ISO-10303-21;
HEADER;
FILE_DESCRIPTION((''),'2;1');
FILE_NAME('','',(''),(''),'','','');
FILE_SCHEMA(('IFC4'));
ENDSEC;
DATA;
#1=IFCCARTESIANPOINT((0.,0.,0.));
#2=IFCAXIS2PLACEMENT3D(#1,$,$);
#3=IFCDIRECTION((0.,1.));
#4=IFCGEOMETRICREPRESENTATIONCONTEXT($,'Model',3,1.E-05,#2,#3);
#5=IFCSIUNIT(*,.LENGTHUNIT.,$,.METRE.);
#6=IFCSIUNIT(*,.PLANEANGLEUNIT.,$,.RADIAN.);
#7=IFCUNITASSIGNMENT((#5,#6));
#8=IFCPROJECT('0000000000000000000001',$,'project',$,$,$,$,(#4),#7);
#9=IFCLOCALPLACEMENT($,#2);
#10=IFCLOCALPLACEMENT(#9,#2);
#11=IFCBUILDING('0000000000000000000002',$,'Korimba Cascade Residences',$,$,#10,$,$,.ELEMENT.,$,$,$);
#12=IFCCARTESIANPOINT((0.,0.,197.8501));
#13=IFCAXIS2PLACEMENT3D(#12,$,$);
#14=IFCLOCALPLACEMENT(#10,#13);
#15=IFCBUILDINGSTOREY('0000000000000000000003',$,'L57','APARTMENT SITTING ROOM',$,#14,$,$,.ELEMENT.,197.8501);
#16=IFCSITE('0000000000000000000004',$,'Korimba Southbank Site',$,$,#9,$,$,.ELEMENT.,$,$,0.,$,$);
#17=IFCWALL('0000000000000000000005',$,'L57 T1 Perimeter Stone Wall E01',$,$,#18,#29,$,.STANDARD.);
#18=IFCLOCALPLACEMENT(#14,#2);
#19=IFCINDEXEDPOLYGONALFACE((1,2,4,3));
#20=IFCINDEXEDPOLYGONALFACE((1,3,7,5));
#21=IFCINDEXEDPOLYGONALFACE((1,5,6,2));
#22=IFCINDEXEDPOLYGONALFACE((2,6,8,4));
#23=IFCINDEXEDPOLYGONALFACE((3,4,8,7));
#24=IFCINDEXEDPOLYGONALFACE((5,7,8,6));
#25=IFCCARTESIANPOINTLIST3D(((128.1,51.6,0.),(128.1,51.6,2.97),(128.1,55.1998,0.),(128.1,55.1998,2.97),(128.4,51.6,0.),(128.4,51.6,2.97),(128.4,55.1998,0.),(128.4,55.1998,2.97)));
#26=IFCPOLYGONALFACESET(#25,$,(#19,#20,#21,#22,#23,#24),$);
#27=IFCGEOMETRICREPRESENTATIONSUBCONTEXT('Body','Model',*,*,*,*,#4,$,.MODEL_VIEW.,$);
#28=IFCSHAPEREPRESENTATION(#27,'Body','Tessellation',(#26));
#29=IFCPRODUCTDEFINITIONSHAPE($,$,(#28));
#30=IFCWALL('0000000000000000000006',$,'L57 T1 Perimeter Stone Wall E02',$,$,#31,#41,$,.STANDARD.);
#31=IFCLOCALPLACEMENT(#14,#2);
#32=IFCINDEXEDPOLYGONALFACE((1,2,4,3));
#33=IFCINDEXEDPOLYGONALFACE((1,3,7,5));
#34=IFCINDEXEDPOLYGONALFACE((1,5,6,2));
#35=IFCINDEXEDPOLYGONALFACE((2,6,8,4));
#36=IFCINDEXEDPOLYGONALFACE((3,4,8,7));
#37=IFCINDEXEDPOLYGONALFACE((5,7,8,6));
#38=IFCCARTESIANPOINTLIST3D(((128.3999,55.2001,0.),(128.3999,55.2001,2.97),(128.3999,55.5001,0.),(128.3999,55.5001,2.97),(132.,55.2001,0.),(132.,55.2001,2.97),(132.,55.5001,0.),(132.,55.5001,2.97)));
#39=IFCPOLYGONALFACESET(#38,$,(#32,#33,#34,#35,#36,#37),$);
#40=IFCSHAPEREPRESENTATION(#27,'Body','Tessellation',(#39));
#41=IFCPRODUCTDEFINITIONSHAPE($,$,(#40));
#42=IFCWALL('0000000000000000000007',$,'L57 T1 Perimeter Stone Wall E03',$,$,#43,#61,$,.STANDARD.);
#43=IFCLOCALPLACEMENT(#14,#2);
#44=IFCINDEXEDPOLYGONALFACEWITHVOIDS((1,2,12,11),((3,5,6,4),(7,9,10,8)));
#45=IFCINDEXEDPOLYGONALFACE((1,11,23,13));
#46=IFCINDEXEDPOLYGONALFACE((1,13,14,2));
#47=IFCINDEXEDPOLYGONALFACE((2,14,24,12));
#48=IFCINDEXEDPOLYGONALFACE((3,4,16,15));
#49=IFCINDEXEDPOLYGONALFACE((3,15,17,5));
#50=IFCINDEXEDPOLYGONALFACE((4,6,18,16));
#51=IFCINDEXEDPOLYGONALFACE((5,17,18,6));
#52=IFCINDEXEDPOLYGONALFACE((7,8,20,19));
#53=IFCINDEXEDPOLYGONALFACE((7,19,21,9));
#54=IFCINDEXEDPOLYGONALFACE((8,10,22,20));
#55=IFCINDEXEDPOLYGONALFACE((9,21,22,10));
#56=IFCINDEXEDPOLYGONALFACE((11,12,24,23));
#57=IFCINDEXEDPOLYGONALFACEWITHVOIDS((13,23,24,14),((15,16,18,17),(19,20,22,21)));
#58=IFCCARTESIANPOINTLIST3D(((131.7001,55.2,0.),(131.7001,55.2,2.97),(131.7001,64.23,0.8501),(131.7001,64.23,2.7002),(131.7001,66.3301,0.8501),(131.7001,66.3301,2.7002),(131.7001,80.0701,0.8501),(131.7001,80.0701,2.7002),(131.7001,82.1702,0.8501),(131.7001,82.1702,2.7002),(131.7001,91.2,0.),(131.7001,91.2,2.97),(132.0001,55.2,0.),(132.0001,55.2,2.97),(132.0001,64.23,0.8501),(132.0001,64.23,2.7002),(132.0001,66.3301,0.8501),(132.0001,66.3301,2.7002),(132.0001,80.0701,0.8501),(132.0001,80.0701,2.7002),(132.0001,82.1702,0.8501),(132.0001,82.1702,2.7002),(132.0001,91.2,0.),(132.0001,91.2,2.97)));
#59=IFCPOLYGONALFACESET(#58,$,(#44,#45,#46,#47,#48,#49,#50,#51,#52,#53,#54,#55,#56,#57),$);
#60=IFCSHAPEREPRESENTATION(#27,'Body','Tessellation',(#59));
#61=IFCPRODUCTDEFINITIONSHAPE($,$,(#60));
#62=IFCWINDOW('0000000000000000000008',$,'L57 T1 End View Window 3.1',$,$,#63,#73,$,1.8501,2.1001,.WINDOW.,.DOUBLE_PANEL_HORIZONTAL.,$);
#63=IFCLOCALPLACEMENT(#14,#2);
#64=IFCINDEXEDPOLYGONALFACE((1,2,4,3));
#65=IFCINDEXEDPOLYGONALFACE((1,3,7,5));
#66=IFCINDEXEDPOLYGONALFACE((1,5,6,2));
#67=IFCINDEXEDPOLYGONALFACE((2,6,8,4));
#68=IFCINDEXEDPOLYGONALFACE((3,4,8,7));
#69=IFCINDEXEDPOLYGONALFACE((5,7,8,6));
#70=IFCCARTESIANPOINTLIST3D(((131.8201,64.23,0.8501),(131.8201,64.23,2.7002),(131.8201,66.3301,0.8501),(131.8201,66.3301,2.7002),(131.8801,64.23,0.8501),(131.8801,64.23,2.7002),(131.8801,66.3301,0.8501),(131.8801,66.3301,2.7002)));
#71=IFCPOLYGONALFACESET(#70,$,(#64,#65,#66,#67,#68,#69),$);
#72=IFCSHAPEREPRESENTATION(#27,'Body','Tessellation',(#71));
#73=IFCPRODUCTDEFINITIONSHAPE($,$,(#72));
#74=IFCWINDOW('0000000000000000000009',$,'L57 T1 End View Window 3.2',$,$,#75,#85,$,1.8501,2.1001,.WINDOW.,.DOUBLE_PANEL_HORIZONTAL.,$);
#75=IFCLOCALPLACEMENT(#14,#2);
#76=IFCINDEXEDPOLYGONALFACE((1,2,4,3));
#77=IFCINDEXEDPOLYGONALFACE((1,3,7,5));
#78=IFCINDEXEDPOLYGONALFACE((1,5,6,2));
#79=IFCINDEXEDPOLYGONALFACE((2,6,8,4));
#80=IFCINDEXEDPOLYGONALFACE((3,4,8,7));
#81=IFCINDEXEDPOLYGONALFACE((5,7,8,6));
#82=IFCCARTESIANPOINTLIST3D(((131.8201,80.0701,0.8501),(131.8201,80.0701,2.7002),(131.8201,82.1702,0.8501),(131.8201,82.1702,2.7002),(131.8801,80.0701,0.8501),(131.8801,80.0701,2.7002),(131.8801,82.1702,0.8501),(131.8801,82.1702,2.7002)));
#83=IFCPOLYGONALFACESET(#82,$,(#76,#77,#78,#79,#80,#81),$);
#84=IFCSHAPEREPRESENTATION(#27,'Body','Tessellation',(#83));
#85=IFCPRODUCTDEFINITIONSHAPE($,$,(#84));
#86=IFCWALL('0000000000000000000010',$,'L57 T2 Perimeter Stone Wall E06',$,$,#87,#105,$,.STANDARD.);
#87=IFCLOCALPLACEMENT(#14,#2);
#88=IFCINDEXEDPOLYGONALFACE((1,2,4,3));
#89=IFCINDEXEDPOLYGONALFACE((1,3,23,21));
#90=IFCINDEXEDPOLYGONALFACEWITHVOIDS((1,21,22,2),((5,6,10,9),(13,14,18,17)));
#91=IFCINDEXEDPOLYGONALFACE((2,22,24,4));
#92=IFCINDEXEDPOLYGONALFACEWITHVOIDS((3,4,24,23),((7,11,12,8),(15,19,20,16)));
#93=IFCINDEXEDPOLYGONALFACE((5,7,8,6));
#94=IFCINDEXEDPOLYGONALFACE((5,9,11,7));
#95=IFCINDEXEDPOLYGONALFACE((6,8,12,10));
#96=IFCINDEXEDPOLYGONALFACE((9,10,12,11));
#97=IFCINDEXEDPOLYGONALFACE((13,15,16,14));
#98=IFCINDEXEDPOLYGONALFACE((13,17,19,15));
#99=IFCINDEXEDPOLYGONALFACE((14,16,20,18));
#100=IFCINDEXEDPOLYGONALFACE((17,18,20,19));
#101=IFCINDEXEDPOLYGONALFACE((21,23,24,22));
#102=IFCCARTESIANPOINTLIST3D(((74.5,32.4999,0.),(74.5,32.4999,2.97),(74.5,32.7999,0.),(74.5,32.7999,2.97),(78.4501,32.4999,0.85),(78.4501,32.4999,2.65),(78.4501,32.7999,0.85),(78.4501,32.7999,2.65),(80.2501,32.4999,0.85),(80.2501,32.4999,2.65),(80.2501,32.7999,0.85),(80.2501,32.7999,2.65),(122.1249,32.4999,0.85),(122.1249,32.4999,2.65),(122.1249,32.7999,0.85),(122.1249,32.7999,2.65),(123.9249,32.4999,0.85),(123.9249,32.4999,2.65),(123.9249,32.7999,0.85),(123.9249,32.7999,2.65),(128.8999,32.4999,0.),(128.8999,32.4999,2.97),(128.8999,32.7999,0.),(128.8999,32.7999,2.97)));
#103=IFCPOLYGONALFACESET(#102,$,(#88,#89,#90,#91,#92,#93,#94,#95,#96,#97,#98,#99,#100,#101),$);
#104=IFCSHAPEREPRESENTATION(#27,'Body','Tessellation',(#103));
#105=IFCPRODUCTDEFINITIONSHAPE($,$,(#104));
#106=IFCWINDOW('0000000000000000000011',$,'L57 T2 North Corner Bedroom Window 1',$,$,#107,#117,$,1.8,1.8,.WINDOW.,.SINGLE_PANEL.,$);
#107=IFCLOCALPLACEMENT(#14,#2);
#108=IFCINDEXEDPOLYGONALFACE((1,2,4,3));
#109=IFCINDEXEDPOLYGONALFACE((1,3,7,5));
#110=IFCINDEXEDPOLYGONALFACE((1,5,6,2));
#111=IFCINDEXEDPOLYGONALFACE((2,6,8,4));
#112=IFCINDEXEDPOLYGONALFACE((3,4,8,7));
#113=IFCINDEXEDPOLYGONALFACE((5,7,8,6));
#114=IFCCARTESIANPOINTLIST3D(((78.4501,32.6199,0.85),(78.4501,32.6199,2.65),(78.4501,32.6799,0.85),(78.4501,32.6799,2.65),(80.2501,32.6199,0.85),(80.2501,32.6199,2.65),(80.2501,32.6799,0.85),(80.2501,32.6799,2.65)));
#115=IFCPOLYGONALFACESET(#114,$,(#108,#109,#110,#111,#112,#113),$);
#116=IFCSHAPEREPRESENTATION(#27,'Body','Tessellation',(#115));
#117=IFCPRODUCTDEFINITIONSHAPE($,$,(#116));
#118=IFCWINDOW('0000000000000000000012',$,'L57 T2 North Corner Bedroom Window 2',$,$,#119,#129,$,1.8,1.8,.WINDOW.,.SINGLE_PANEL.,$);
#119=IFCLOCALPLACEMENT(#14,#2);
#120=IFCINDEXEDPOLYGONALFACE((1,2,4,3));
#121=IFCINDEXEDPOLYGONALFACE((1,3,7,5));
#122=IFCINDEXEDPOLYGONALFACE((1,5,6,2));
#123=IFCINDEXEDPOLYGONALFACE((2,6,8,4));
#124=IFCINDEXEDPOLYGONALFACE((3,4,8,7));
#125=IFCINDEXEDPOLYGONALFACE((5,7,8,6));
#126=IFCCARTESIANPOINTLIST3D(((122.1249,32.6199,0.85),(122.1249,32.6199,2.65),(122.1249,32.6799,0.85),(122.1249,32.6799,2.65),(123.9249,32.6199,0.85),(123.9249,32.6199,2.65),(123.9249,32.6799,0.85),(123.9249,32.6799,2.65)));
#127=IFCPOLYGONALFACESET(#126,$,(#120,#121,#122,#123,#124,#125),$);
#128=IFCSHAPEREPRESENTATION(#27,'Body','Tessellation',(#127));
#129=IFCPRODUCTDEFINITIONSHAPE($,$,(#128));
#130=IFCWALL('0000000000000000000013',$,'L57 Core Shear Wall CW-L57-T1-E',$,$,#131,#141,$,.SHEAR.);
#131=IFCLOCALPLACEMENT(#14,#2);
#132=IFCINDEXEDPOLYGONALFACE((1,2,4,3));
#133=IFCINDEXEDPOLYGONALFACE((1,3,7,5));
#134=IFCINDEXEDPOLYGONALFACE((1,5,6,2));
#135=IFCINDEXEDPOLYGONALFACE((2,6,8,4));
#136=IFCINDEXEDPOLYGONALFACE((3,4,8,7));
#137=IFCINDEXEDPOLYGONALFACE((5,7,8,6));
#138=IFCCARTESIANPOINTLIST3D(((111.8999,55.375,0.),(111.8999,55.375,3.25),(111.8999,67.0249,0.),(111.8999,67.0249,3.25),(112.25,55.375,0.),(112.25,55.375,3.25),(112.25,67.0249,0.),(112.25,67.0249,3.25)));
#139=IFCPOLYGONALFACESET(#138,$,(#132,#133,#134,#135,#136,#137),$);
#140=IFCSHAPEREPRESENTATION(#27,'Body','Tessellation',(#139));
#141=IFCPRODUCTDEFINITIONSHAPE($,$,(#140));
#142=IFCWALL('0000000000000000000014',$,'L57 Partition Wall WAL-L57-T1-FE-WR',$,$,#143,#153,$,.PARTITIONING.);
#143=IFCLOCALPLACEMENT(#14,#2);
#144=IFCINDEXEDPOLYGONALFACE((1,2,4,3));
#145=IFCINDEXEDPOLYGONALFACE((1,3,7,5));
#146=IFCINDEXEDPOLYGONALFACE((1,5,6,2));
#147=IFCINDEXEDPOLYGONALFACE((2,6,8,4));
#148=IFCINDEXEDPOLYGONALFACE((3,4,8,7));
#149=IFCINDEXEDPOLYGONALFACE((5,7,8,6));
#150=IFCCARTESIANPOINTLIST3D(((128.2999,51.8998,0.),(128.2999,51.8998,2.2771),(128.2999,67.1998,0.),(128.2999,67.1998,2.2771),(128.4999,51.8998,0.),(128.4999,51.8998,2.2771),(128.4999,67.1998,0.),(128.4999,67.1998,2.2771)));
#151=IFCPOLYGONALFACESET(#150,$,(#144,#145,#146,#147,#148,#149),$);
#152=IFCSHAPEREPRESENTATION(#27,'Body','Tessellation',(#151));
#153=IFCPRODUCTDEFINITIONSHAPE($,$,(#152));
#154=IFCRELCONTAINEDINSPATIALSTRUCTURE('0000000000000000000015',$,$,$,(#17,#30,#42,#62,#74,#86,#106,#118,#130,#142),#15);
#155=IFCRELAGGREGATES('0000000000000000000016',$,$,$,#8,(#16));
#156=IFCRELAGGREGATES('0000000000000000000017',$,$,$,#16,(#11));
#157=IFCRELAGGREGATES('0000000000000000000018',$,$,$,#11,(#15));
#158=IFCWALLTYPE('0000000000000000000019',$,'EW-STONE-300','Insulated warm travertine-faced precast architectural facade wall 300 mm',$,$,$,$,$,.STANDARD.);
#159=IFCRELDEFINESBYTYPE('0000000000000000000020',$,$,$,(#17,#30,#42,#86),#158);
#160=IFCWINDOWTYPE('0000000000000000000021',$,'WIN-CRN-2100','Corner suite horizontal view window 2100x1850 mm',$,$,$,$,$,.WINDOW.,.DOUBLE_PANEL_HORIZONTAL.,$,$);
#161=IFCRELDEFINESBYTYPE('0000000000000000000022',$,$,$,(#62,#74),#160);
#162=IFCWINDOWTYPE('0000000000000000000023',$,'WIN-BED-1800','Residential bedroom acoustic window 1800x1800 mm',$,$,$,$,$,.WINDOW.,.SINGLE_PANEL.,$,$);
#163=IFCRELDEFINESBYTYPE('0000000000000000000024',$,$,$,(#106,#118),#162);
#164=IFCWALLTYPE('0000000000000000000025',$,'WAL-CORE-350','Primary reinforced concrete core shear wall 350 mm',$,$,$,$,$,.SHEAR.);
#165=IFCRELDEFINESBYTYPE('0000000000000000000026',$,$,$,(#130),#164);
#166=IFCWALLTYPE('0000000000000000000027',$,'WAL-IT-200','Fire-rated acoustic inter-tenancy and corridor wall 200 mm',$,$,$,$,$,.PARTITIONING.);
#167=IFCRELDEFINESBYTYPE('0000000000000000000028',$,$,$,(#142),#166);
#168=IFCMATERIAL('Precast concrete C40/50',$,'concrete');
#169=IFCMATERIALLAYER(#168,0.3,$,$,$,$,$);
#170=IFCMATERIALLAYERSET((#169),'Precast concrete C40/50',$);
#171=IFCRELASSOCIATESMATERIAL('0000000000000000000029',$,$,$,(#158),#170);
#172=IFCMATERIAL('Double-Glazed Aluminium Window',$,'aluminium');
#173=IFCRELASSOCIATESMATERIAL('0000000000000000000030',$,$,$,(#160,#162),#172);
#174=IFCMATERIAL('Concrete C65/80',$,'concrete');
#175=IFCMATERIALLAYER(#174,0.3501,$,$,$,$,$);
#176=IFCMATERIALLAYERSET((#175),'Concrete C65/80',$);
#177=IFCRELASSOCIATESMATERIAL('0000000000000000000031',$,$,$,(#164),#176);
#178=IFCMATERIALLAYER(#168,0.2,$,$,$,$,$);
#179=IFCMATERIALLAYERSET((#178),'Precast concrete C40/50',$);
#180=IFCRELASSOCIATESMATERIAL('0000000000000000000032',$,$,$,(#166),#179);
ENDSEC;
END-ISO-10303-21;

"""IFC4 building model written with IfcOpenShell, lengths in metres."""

from ifc_helpers import new_model, si_unit, direction, frame, frame_2d, origin, place, context, subcontext, project, spatial, rectangle, extrude, material, layer, layer_set, type_object, element, fill, save


model = new_model("IFC4")

# Units and contexts
model_context = context("Model", 3, precision=1e-05, world=origin(), true_north=direction((0.0, 1.0)))
body_context = subcontext(model_context, "Body", "Model", "MODEL_VIEW")
ifc_project = project(units=[si_unit("LENGTHUNIT", "METRE"), si_unit("PLANEANGLEUNIT", "RADIAN")], contexts=[model_context])

# Site, building, storey
site_placement = place(None, origin())
site = spatial("IfcSite", under=ifc_project, at=site_placement, Name="Korimba Southbank Site", CompositionType="ELEMENT", RefElevation=0.0)
building_placement = place(site_placement, origin())
building = spatial("IfcBuilding", under=site, at=building_placement, Name="Korimba Cascade Residences", CompositionType="ELEMENT")
storey_placement = place(building_placement, frame((0.0, 0.0, 197.8501)))
storey = spatial("IfcBuildingStorey", under=building, at=storey_placement, Name="L57", Description="APARTMENT SITTING ROOM", CompositionType="ELEMENT", Elevation=197.8501)

# Shared definitions
ifc_material_1 = material(Name="Concrete C65/80", Category="concrete")

# Walls
ifc_material_2 = material(Name="Precast concrete C40/50", Category="concrete")
ifc_layer_1 = layer(ifc_material_2, 0.3)
ifc_layer_set_1 = layer_set([ifc_layer_1], Name="Precast concrete C40/50")
wall_type_1 = type_object("IfcWallType", Name="EW-STONE-300", Description="Insulated warm travertine-faced precast architectural facade wall 300 mm", PredefinedType="STANDARD", material=ifc_layer_set_1)
wall_1_placement = place(storey_placement, frame((128.25, 51.6001, 0.0), z_axis=(0.0, 0.0, 1.0), x_axis=(0.0, 1.0, 0.0)))
element("IfcWall", 1, at=wall_1_placement, inside=storey, type_object=wall_type_1, Name="L57 T1 Perimeter Stone Wall E01", PredefinedType="STANDARD", context=body_context, shape_type="SweptSolid", body=[
    extrude(rectangle(XDim=3.5999, YDim=0.3, at=frame_2d((1.7998, 0.0))), origin(), (0.0, 0.0, 1.0), 2.97),
])
wall_2_placement = place(storey_placement, frame((128.3999, 55.3501, 0.0), z_axis=(0.0, 0.0, 1.0), x_axis=(1.0, 0.0, 0.0)))
element("IfcWall", 2, at=wall_2_placement, inside=storey, type_object=wall_type_1, Name="L57 T1 Perimeter Stone Wall E02", PredefinedType="STANDARD", context=body_context, shape_type="SweptSolid", body=[
    extrude(rectangle(XDim=3.6001, YDim=0.3, at=frame_2d((1.8, 0.0))), origin(), (0.0, 0.0, 1.0), 2.97),
])

# Walls, openings, windows
wall_3_placement = place(storey_placement, frame((131.8501, 55.2, 0.0), z_axis=(0.0, 0.0, 1.0), x_axis=(0.0, 1.0, 0.0)))
wall_3 = element("IfcWall", 3, at=wall_3_placement, inside=storey, type_object=wall_type_1, Name="L57 T1 Perimeter Stone Wall E03", PredefinedType="STANDARD", context=body_context, shape_type="SweptSolid", body=[
    extrude(rectangle(XDim=36.0, YDim=0.3, at=frame_2d((18.0, 0.0))), origin(), (0.0, 0.0, 1.0), 2.97),
])
opening_1_placement = place(wall_3_placement, frame((9.03, 0.0, 0.8501)))
opening_1 = element("IfcOpeningElement", 4, at=opening_1_placement, cuts=wall_3, PredefinedType="OPENING", context=body_context, shape_type="SweptSolid", body=[
    extrude(rectangle(XDim=2.1001, YDim=1.8501, at=frame_2d((1.05, 0.925))), frame((0.0, 0.1602, 0.0), z_axis=(0.0, -1.0, 0.0), x_axis=(1.0, 0.0, 0.0)), (0.0, 0.0, 1.0), 0.3201),
])
opening_2_placement = place(wall_3_placement, frame((24.8701, 0.0, 0.8501)))
opening_2 = element("IfcOpeningElement", 5, at=opening_2_placement, cuts=wall_3, PredefinedType="OPENING", context=body_context, shape_type="SweptSolid", body=[
    extrude(rectangle(XDim=2.1001, YDim=1.8501, at=frame_2d((1.05, 0.925))), frame((0.0, 0.1602, 0.0), z_axis=(0.0, -1.0, 0.0), x_axis=(1.0, 0.0, 0.0)), (0.0, 0.0, 1.0), 0.3201),
])
ifc_material_3 = material(Name="Double-Glazed Aluminium Window", Category="aluminium")
window_type_1 = type_object("IfcWindowType", Name="WIN-CRN-2100", Description="Corner suite horizontal view window 2100x1850 mm", PartitioningType="DOUBLE_PANEL_HORIZONTAL", PredefinedType="WINDOW", material=ifc_material_3)
window_1_placement = place(opening_1_placement, origin())
window_1 = element("IfcWindow", 6, at=window_1_placement, inside=storey, type_object=window_type_1, Name="L57 T1 End View Window 3.1", OverallHeight=1.8501, OverallWidth=2.1001, PartitioningType="DOUBLE_PANEL_HORIZONTAL", PredefinedType="WINDOW", context=body_context, shape_type="SweptSolid", body=[
    extrude(rectangle(XDim=2.1001, YDim=1.8501, at=frame_2d((1.05, 0.925))), frame((0.0, 0.03, 0.0), z_axis=(0.0, -1.0, 0.0), x_axis=(1.0, 0.0, 0.0)), (0.0, 0.0, 1.0), 0.0601),
])
fill(opening_1, window_1)
window_2_placement = place(opening_2_placement, origin())
window_2 = element("IfcWindow", 7, at=window_2_placement, inside=storey, type_object=window_type_1, Name="L57 T1 End View Window 3.2", OverallHeight=1.8501, OverallWidth=2.1001, PartitioningType="DOUBLE_PANEL_HORIZONTAL", PredefinedType="WINDOW", context=body_context, shape_type="SweptSolid", body=[
    extrude(rectangle(XDim=2.1001, YDim=1.8501, at=frame_2d((1.05, 0.925))), frame((0.0, 0.03, 0.0), z_axis=(0.0, -1.0, 0.0), x_axis=(1.0, 0.0, 0.0)), (0.0, 0.0, 1.0), 0.0601),
])
fill(opening_2, window_2)
wall_4_placement = place(storey_placement, frame((128.8999, 32.6499, 0.0), z_axis=(0.0, 0.0, 1.0), x_axis=(-1.0, 0.0, 0.0)))
wall_4 = element("IfcWall", 8, at=wall_4_placement, inside=storey, type_object=wall_type_1, Name="L57 T2 Perimeter Stone Wall E06", PredefinedType="STANDARD", context=body_context, shape_type="SweptSolid", body=[
    extrude(rectangle(XDim=54.3999, YDim=0.3, at=frame_2d((27.2, 0.0))), origin(), (0.0, 0.0, 1.0), 2.97),
])
opening_3_placement = place(wall_4_placement, frame((48.6499, 0.0, 0.8501)))
opening_3 = element("IfcOpeningElement", 9, at=opening_3_placement, cuts=wall_4, PredefinedType="OPENING", context=body_context, shape_type="SweptSolid", body=[
    extrude(rectangle(XDim=1.8, YDim=1.8, at=frame_2d((0.8999, 0.8999))), frame((0.0, 0.1602, 0.0), z_axis=(0.0, -1.0, 0.0), x_axis=(1.0, 0.0, 0.0)), (0.0, 0.0, 1.0), 0.3201),
])
opening_4_placement = place(wall_4_placement, frame((4.9751, 0.0, 0.8501)))
opening_4 = element("IfcOpeningElement", 10, at=opening_4_placement, cuts=wall_4, PredefinedType="OPENING", context=body_context, shape_type="SweptSolid", body=[
    extrude(rectangle(XDim=1.8, YDim=1.8, at=frame_2d((0.8999, 0.8999))), frame((0.0, 0.1602, 0.0), z_axis=(0.0, -1.0, 0.0), x_axis=(1.0, 0.0, 0.0)), (0.0, 0.0, 1.0), 0.3201),
])
window_type_2 = type_object("IfcWindowType", Name="WIN-BED-1800", Description="Residential bedroom acoustic window 1800x1800 mm", PartitioningType="SINGLE_PANEL", PredefinedType="WINDOW", material=ifc_material_3)
window_3_placement = place(opening_3_placement, origin())
window_3 = element("IfcWindow", 11, at=window_3_placement, inside=storey, type_object=window_type_2, Name="L57 T2 North Corner Bedroom Window 1", OverallHeight=1.8, OverallWidth=1.8, PartitioningType="SINGLE_PANEL", PredefinedType="WINDOW", context=body_context, shape_type="SweptSolid", body=[
    extrude(rectangle(XDim=1.8, YDim=1.8, at=frame_2d((0.8999, 0.8999))), frame((0.0, 0.03, 0.0), z_axis=(0.0, -1.0, 0.0), x_axis=(1.0, 0.0, 0.0)), (0.0, 0.0, 1.0), 0.0601),
])
fill(opening_3, window_3)
window_4_placement = place(opening_4_placement, origin())
window_4 = element("IfcWindow", 12, at=window_4_placement, inside=storey, type_object=window_type_2, Name="L57 T2 North Corner Bedroom Window 2", OverallHeight=1.8, OverallWidth=1.8, PartitioningType="SINGLE_PANEL", PredefinedType="WINDOW", context=body_context, shape_type="SweptSolid", body=[
    extrude(rectangle(XDim=1.8, YDim=1.8, at=frame_2d((0.8999, 0.8999))), frame((0.0, 0.03, 0.0), z_axis=(0.0, -1.0, 0.0), x_axis=(1.0, 0.0, 0.0)), (0.0, 0.0, 1.0), 0.0601),
])
fill(opening_4, window_4)

# Walls
ifc_layer_2 = layer(ifc_material_1, 0.3501)
ifc_layer_set_2 = layer_set([ifc_layer_2], Name="Concrete C65/80")
wall_type_2 = type_object("IfcWallType", Name="WAL-CORE-350", Description="Primary reinforced concrete core shear wall 350 mm", PredefinedType="SHEAR", material=ifc_layer_set_2)
wall_5_placement = place(storey_placement, frame((112.075, 55.375, 0.0), z_axis=(0.0, 0.0, 1.0), x_axis=(0.0, 1.0, 0.0)))
element("IfcWall", 13, at=wall_5_placement, inside=storey, type_object=wall_type_2, Name="L57 Core Shear Wall CW-L57-T1-E", PredefinedType="SHEAR", context=body_context, shape_type="SweptSolid", body=[
    extrude(rectangle(XDim=11.6499, YDim=0.3501, at=frame_2d((5.825, 0.0))), origin(), (0.0, 0.0, 1.0), 3.25),
])
ifc_layer_3 = layer(ifc_material_2, 0.2)
ifc_layer_set_3 = layer_set([ifc_layer_3], Name="Precast concrete C40/50")
wall_type_3 = type_object("IfcWallType", Name="WAL-IT-200", Description="Fire-rated acoustic inter-tenancy and corridor wall 200 mm", PredefinedType="PARTITIONING", material=ifc_layer_set_3)
wall_6_placement = place(storey_placement, frame((128.3999, 51.8999, 0.0), z_axis=(0.0, 0.0, 1.0), x_axis=(0.0, 1.0, 0.0)))
element("IfcWall", 14, at=wall_6_placement, inside=storey, type_object=wall_type_3, Name="L57 Partition Wall WAL-L57-T1-FE-WR", PredefinedType="PARTITIONING", context=body_context, shape_type="SweptSolid", body=[
    extrude(rectangle(XDim=15.3, YDim=0.2, at=frame_2d((7.6499, 0.0))), origin(), (0.0, 0.0, 1.0), 2.2771),
])

save(model, "model.ifc")
